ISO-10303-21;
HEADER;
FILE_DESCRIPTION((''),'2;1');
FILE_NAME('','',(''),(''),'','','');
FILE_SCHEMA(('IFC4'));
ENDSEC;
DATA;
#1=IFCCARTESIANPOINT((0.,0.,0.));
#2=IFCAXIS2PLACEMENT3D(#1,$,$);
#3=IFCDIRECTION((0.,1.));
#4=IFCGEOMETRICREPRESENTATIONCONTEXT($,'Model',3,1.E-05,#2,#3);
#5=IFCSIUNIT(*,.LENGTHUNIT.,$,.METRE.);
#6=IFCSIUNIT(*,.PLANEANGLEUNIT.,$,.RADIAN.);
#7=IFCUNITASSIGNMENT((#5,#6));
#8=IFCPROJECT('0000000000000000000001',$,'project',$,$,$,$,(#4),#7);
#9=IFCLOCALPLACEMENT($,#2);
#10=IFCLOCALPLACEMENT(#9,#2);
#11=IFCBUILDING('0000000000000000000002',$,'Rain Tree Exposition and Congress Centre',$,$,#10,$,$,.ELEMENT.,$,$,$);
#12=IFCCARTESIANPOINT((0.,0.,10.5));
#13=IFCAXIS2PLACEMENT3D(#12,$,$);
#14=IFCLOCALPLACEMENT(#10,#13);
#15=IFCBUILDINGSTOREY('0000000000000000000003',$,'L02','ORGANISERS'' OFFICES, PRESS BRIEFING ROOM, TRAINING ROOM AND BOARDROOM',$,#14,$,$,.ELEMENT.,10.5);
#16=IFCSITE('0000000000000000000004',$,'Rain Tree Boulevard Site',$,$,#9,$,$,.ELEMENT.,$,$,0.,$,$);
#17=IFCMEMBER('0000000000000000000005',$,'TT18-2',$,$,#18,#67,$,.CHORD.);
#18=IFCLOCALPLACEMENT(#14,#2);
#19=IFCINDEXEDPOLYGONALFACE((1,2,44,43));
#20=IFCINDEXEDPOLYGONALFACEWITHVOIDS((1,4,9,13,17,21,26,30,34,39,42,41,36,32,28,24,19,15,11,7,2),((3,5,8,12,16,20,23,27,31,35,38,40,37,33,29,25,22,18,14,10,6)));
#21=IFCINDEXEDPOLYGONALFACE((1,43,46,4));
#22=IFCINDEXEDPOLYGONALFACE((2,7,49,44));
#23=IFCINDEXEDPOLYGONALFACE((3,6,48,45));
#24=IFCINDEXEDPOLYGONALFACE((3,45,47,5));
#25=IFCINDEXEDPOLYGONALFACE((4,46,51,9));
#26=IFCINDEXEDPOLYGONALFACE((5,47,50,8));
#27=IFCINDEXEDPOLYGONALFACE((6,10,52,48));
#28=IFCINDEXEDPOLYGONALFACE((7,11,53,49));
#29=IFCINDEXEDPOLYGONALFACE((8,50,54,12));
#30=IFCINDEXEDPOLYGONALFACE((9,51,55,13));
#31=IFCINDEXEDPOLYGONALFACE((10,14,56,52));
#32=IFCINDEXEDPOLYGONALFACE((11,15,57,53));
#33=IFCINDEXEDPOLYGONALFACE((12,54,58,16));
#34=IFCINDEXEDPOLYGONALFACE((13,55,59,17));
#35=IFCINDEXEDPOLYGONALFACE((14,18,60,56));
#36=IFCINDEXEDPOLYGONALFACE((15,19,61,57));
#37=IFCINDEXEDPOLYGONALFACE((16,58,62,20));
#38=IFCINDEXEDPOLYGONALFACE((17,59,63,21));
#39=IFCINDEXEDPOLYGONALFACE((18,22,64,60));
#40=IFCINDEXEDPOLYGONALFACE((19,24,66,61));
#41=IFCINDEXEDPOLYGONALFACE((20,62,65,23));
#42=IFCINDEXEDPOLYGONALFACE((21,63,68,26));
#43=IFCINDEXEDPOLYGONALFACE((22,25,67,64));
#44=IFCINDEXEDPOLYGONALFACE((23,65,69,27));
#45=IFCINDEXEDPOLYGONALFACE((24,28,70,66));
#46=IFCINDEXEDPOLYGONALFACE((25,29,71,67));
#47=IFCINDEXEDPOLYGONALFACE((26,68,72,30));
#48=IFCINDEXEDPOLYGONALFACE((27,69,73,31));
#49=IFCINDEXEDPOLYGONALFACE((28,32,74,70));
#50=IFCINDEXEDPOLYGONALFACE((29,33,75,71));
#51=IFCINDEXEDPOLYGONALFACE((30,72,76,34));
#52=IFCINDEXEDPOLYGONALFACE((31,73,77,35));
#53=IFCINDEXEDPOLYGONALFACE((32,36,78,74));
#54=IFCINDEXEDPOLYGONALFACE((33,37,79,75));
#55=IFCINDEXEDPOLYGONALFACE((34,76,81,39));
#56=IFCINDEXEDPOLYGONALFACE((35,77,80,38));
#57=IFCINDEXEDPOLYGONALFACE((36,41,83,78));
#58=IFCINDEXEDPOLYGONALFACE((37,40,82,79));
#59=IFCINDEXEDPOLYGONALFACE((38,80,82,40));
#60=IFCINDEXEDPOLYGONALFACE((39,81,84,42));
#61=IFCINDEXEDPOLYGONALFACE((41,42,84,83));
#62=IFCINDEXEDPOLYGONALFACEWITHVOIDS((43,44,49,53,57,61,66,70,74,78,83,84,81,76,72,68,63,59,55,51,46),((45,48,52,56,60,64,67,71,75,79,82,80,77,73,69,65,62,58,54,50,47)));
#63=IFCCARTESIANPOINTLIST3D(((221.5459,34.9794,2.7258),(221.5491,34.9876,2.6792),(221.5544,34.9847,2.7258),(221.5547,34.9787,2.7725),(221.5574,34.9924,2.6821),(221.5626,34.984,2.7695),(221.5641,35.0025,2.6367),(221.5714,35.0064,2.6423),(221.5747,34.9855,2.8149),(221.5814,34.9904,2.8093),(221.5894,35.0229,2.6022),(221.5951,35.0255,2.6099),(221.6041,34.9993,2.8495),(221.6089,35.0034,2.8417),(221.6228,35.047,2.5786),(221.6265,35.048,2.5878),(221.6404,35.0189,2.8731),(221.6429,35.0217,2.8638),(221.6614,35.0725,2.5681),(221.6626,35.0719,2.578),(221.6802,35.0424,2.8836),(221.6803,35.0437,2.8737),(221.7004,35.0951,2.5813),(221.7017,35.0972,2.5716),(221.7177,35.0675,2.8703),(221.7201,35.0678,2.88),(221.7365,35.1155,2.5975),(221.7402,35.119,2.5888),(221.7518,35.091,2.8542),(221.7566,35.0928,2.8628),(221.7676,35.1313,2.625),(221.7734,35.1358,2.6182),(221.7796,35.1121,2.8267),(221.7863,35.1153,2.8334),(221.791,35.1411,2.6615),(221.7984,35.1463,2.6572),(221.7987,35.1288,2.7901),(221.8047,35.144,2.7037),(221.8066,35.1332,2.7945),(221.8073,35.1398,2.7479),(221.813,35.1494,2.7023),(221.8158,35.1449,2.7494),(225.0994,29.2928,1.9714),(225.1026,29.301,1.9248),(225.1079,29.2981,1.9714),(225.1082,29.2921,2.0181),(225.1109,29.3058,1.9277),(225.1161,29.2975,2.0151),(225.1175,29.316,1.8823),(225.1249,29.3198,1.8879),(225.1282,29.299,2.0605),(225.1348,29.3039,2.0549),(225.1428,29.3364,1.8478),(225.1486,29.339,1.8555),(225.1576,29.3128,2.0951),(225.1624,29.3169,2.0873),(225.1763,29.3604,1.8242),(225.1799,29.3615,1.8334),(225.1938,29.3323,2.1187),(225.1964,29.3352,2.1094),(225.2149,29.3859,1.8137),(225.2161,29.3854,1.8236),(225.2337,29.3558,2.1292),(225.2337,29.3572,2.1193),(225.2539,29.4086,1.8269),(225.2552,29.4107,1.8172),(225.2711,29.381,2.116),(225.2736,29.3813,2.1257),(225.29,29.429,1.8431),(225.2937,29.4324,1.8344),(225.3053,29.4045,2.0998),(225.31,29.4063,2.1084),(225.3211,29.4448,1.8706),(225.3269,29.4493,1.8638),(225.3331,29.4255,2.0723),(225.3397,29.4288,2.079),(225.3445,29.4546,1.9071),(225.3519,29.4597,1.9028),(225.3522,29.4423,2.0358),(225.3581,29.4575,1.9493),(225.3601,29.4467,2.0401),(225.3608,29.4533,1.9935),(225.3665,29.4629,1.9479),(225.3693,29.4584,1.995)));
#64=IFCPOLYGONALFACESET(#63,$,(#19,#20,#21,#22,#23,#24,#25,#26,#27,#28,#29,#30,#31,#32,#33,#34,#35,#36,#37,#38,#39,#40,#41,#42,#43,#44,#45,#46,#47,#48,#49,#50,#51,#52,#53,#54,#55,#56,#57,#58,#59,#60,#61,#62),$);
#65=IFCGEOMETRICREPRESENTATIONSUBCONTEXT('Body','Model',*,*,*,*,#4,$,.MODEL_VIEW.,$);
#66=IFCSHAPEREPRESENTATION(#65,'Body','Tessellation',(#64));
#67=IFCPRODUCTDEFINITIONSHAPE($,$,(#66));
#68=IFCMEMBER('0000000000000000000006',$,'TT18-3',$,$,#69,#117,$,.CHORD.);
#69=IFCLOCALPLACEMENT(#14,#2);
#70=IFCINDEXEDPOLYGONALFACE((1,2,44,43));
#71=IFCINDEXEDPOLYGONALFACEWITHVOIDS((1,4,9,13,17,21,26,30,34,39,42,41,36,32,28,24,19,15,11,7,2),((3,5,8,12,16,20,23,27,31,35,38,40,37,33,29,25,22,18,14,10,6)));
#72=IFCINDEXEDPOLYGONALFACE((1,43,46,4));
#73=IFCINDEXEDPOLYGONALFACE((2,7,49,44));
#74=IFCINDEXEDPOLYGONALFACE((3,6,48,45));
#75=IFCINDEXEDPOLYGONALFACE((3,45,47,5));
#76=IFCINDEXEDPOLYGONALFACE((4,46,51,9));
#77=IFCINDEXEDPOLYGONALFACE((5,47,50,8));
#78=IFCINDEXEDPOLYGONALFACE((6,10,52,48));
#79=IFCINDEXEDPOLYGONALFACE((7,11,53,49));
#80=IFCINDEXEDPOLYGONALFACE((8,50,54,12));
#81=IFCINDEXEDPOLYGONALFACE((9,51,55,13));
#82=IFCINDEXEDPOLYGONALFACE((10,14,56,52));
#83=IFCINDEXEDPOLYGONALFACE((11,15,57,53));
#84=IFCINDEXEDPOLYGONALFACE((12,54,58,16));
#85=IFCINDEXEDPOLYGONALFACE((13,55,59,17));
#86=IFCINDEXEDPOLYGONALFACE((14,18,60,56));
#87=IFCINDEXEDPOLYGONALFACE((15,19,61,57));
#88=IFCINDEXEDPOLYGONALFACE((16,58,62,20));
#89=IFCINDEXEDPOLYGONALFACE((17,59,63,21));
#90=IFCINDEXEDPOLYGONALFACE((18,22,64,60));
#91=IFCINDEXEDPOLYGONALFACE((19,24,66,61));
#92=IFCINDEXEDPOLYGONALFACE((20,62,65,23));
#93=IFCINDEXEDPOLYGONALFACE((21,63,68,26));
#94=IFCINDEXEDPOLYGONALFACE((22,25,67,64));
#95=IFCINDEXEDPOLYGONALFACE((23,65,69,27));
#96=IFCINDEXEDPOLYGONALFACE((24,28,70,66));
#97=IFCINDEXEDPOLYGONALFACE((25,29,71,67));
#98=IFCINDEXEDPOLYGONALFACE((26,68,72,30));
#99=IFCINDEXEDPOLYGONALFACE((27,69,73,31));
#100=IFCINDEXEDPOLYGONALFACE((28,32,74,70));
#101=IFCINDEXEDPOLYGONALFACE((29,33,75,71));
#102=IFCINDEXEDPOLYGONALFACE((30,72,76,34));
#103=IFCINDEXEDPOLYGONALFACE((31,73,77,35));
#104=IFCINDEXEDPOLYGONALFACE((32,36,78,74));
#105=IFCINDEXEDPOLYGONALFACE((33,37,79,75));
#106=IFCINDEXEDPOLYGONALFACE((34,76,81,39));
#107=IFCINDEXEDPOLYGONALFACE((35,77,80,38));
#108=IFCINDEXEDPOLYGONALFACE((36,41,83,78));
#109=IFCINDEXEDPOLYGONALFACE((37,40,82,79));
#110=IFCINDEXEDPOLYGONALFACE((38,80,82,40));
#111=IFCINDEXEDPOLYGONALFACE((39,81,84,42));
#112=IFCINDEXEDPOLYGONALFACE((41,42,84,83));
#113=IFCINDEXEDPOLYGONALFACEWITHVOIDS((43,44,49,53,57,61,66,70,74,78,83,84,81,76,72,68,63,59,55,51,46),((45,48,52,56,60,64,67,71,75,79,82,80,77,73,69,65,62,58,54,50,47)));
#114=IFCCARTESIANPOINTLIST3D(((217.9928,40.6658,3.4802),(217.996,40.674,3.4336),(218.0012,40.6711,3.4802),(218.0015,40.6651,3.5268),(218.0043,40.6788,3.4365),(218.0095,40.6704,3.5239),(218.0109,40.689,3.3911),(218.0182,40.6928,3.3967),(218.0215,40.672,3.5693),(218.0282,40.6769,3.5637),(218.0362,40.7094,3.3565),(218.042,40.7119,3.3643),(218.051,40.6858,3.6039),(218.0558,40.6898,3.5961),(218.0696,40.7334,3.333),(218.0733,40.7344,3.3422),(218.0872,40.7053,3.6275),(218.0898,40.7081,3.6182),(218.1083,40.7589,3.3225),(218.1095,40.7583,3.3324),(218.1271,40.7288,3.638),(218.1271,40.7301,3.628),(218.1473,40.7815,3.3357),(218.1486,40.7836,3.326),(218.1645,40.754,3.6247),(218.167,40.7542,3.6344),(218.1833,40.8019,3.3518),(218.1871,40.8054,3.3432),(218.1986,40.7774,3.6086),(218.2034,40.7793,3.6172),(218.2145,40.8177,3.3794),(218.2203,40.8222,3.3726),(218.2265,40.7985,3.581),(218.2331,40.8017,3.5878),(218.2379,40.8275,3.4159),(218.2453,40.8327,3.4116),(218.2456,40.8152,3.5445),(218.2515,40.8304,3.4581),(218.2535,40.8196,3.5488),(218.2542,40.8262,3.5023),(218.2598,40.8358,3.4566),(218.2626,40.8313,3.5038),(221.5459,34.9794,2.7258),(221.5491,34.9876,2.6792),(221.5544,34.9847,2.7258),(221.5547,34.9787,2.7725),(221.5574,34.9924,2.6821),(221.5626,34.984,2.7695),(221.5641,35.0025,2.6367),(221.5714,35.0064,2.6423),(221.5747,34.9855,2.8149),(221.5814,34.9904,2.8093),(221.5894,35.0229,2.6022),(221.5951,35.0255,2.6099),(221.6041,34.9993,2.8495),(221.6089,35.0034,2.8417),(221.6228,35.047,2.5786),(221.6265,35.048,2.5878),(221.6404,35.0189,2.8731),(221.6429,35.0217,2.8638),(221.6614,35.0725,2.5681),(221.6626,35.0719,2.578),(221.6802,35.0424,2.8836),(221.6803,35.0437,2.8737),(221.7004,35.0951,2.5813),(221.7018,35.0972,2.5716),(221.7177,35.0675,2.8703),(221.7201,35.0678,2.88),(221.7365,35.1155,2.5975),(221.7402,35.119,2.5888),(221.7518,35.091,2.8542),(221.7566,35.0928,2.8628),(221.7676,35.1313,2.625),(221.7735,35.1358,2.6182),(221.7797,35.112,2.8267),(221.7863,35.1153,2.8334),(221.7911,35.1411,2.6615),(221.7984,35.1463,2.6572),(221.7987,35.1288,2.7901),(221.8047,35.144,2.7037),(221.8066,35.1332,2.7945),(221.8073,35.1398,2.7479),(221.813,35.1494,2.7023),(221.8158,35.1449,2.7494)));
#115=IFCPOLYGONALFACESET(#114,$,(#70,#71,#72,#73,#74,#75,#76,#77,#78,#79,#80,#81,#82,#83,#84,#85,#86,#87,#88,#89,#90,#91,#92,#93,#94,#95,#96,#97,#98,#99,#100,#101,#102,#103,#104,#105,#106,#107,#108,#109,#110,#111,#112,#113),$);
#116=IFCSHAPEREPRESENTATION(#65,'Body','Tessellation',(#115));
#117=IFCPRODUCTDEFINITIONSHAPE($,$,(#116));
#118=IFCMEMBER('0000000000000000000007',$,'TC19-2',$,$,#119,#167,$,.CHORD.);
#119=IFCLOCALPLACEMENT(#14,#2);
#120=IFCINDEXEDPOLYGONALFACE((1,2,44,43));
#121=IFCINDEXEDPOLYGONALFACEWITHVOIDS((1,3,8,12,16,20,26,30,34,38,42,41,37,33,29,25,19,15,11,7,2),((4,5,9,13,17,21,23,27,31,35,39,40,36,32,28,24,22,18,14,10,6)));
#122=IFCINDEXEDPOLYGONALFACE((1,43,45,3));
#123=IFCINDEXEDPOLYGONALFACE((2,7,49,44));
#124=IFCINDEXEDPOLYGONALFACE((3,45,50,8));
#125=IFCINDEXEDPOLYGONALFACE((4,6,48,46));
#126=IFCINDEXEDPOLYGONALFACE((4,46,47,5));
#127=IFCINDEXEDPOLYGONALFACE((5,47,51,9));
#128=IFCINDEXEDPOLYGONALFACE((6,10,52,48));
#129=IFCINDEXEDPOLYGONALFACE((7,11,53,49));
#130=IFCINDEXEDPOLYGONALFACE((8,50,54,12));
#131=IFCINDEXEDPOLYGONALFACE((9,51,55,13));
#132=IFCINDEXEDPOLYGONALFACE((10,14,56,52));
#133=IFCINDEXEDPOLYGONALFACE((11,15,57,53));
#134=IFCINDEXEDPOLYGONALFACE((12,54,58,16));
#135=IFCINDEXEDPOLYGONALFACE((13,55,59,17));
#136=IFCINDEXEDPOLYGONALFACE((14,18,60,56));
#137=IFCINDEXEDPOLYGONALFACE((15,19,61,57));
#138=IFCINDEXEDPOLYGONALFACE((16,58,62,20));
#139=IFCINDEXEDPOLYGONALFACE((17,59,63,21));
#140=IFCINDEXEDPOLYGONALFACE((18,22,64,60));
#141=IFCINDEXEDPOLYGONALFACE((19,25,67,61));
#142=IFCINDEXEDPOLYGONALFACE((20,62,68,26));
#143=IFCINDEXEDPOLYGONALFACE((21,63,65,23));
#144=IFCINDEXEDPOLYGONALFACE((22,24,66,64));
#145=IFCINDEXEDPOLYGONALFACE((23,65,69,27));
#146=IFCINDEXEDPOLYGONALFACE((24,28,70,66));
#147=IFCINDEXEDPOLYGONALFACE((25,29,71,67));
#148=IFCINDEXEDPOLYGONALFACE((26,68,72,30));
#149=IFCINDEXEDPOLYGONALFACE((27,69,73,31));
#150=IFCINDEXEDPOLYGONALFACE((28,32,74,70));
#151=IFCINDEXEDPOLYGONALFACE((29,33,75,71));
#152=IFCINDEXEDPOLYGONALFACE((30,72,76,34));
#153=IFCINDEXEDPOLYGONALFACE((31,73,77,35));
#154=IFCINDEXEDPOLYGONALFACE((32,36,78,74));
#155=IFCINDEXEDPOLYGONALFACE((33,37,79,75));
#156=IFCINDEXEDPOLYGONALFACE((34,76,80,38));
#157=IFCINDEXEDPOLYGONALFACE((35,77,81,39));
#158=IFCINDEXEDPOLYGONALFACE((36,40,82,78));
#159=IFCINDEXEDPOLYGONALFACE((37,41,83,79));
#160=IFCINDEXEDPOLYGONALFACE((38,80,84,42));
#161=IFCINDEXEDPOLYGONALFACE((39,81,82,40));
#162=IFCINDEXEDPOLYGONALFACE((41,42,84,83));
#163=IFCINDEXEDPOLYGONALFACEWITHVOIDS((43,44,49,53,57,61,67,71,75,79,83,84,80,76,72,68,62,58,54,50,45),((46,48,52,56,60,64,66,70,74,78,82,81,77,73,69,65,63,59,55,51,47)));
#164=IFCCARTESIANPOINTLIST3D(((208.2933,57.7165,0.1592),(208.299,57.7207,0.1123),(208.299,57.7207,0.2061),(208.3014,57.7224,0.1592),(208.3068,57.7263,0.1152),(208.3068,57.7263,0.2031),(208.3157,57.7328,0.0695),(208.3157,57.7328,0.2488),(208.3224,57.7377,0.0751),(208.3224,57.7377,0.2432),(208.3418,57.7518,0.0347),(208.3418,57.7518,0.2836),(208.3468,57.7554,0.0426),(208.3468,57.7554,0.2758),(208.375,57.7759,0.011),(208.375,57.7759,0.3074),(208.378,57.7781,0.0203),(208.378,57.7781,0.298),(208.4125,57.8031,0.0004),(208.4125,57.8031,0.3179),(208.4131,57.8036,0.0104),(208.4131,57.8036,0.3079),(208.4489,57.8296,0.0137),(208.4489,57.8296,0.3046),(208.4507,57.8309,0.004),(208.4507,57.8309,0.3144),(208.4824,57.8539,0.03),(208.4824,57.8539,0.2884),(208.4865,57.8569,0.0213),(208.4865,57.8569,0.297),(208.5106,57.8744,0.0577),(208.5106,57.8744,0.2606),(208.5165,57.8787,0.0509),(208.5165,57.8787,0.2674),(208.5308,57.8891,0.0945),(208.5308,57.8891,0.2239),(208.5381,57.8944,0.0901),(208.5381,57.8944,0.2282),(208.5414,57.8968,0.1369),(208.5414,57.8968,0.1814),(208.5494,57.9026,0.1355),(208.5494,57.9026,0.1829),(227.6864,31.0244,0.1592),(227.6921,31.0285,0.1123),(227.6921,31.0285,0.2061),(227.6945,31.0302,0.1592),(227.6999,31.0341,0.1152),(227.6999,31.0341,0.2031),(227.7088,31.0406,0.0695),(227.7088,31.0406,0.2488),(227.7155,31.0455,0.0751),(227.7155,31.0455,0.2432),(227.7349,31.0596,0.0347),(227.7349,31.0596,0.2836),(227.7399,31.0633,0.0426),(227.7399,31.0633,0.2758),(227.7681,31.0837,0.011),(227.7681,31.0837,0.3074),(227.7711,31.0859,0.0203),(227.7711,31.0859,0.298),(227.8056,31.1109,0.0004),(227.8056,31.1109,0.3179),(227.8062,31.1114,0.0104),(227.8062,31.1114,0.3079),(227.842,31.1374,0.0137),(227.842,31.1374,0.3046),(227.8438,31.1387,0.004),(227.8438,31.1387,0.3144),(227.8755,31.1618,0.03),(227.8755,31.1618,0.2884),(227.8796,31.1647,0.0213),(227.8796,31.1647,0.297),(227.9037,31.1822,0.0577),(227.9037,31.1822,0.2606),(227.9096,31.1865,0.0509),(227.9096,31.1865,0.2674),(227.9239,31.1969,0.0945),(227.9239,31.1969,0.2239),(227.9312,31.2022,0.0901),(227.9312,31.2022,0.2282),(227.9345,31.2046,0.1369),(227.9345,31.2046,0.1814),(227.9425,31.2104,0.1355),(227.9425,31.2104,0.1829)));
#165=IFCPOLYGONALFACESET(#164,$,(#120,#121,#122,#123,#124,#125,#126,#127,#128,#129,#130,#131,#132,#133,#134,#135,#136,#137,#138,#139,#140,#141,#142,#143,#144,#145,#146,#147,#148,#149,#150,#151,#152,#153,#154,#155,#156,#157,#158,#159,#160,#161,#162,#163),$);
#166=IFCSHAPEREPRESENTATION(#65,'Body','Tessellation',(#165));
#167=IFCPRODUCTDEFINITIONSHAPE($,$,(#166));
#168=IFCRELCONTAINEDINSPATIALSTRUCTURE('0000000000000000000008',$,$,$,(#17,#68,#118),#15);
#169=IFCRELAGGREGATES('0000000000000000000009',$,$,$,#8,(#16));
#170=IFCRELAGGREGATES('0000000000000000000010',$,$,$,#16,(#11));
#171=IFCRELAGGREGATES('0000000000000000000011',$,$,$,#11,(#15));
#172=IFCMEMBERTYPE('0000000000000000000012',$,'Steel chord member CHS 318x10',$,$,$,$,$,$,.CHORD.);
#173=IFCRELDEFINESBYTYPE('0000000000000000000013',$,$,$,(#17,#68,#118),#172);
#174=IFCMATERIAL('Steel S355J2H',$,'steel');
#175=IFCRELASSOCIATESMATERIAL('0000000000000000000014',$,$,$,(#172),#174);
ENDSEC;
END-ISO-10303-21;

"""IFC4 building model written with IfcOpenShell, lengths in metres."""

from ifc_helpers import new_model, si_unit, direction, frame, origin, origin_2d, place, context, subcontext, project, spatial, hollow_circle, extrude, material, material_profile, profile_set, type_object, element, save


model = new_model("IFC4")

# Units and contexts
model_context = context("Model", 3, precision=1e-05, world=origin(), true_north=direction((0.0, 1.0)))
body_context = subcontext(model_context, "Body", "Model", "MODEL_VIEW")
ifc_project = project(units=[si_unit("LENGTHUNIT", "METRE"), si_unit("PLANEANGLEUNIT", "RADIAN")], contexts=[model_context])

# Site, building, storey
site_placement = place(None, origin())
site = spatial("IfcSite", under=ifc_project, at=site_placement, Name="Rain Tree Boulevard Site", CompositionType="ELEMENT", RefElevation=0.0)
building_placement = place(site_placement, origin())
building = spatial("IfcBuilding", under=site, at=building_placement, Name="Rain Tree Exposition and Congress Centre", CompositionType="ELEMENT")
storey_placement = place(building_placement, frame((0.0, 0.0, 10.5)))
storey = spatial("IfcBuildingStorey", under=building, at=storey_placement, Name="L02", Description="ORGANISERS' OFFICES, PRESS BRIEFING ROOM, TRAINING ROOM AND BOARDROOM", CompositionType="ELEMENT", Elevation=10.5)

# Members
ifc_material_1 = material(Name="Steel S355J2H", Category="steel")
ifc_material_profile_1 = material_profile(ifc_material_1, hollow_circle(Radius=0.1592, WallThickness=0.01, at=origin_2d()), Name="CHS 318x10")
ifc_profile_set_1 = profile_set([ifc_material_profile_1], Name="Steel S355J2H")
member_type_1 = type_object("IfcMemberType", Name="Steel chord member CHS 318x10", PredefinedType="CHORD", material=ifc_profile_set_1)
member_1_placement = place(storey_placement, frame((225.2344, 29.3772, 1.9714), z_axis=(-0.526611, 0.842723, 0.111799), x_axis=(-0.848039, -0.529933, 0.0)))
element("IfcMember", 1, at=member_1_placement, inside=storey, type_object=member_type_1, Name="TT18-2", PredefinedType="CHORD", context=body_context, shape_type="SweptSolid", body=[
    extrude(hollow_circle(Radius=0.1592, WallThickness=0.01, at=origin_2d()), origin(), (0.0, 0.0, 1.0), 6.7478),
])
member_2_placement = place(storey_placement, frame((221.6809, 35.0637, 2.7258), z_axis=(-0.526585, 0.842739, 0.111801), x_axis=(-0.848056, -0.529907, 0.0)))
element("IfcMember", 2, at=member_2_placement, inside=storey, type_object=member_type_1, Name="TT18-3", PredefinedType="CHORD", context=body_context, shape_type="SweptSolid", body=[
    extrude(hollow_circle(Radius=0.1592, WallThickness=0.01, at=origin_2d()), origin(), (0.0, 0.0, 1.0), 6.7476),
])
member_3_placement = place(storey_placement, frame((227.8152, 31.1179, 0.1592), z_axis=(-0.587787, 0.809016, 0.0), x_axis=(-0.809016, -0.587787, 0.0)))
element("IfcMember", 3, at=member_3_placement, inside=storey, type_object=member_type_1, Name="TC19-2", PredefinedType="CHORD", context=body_context, shape_type="SweptSolid", body=[
    extrude(hollow_circle(Radius=0.1592, WallThickness=0.01, at=origin_2d()), origin(), (0.0, 0.0, 1.0), 32.9934),
])

save(model, "model.ifc")
